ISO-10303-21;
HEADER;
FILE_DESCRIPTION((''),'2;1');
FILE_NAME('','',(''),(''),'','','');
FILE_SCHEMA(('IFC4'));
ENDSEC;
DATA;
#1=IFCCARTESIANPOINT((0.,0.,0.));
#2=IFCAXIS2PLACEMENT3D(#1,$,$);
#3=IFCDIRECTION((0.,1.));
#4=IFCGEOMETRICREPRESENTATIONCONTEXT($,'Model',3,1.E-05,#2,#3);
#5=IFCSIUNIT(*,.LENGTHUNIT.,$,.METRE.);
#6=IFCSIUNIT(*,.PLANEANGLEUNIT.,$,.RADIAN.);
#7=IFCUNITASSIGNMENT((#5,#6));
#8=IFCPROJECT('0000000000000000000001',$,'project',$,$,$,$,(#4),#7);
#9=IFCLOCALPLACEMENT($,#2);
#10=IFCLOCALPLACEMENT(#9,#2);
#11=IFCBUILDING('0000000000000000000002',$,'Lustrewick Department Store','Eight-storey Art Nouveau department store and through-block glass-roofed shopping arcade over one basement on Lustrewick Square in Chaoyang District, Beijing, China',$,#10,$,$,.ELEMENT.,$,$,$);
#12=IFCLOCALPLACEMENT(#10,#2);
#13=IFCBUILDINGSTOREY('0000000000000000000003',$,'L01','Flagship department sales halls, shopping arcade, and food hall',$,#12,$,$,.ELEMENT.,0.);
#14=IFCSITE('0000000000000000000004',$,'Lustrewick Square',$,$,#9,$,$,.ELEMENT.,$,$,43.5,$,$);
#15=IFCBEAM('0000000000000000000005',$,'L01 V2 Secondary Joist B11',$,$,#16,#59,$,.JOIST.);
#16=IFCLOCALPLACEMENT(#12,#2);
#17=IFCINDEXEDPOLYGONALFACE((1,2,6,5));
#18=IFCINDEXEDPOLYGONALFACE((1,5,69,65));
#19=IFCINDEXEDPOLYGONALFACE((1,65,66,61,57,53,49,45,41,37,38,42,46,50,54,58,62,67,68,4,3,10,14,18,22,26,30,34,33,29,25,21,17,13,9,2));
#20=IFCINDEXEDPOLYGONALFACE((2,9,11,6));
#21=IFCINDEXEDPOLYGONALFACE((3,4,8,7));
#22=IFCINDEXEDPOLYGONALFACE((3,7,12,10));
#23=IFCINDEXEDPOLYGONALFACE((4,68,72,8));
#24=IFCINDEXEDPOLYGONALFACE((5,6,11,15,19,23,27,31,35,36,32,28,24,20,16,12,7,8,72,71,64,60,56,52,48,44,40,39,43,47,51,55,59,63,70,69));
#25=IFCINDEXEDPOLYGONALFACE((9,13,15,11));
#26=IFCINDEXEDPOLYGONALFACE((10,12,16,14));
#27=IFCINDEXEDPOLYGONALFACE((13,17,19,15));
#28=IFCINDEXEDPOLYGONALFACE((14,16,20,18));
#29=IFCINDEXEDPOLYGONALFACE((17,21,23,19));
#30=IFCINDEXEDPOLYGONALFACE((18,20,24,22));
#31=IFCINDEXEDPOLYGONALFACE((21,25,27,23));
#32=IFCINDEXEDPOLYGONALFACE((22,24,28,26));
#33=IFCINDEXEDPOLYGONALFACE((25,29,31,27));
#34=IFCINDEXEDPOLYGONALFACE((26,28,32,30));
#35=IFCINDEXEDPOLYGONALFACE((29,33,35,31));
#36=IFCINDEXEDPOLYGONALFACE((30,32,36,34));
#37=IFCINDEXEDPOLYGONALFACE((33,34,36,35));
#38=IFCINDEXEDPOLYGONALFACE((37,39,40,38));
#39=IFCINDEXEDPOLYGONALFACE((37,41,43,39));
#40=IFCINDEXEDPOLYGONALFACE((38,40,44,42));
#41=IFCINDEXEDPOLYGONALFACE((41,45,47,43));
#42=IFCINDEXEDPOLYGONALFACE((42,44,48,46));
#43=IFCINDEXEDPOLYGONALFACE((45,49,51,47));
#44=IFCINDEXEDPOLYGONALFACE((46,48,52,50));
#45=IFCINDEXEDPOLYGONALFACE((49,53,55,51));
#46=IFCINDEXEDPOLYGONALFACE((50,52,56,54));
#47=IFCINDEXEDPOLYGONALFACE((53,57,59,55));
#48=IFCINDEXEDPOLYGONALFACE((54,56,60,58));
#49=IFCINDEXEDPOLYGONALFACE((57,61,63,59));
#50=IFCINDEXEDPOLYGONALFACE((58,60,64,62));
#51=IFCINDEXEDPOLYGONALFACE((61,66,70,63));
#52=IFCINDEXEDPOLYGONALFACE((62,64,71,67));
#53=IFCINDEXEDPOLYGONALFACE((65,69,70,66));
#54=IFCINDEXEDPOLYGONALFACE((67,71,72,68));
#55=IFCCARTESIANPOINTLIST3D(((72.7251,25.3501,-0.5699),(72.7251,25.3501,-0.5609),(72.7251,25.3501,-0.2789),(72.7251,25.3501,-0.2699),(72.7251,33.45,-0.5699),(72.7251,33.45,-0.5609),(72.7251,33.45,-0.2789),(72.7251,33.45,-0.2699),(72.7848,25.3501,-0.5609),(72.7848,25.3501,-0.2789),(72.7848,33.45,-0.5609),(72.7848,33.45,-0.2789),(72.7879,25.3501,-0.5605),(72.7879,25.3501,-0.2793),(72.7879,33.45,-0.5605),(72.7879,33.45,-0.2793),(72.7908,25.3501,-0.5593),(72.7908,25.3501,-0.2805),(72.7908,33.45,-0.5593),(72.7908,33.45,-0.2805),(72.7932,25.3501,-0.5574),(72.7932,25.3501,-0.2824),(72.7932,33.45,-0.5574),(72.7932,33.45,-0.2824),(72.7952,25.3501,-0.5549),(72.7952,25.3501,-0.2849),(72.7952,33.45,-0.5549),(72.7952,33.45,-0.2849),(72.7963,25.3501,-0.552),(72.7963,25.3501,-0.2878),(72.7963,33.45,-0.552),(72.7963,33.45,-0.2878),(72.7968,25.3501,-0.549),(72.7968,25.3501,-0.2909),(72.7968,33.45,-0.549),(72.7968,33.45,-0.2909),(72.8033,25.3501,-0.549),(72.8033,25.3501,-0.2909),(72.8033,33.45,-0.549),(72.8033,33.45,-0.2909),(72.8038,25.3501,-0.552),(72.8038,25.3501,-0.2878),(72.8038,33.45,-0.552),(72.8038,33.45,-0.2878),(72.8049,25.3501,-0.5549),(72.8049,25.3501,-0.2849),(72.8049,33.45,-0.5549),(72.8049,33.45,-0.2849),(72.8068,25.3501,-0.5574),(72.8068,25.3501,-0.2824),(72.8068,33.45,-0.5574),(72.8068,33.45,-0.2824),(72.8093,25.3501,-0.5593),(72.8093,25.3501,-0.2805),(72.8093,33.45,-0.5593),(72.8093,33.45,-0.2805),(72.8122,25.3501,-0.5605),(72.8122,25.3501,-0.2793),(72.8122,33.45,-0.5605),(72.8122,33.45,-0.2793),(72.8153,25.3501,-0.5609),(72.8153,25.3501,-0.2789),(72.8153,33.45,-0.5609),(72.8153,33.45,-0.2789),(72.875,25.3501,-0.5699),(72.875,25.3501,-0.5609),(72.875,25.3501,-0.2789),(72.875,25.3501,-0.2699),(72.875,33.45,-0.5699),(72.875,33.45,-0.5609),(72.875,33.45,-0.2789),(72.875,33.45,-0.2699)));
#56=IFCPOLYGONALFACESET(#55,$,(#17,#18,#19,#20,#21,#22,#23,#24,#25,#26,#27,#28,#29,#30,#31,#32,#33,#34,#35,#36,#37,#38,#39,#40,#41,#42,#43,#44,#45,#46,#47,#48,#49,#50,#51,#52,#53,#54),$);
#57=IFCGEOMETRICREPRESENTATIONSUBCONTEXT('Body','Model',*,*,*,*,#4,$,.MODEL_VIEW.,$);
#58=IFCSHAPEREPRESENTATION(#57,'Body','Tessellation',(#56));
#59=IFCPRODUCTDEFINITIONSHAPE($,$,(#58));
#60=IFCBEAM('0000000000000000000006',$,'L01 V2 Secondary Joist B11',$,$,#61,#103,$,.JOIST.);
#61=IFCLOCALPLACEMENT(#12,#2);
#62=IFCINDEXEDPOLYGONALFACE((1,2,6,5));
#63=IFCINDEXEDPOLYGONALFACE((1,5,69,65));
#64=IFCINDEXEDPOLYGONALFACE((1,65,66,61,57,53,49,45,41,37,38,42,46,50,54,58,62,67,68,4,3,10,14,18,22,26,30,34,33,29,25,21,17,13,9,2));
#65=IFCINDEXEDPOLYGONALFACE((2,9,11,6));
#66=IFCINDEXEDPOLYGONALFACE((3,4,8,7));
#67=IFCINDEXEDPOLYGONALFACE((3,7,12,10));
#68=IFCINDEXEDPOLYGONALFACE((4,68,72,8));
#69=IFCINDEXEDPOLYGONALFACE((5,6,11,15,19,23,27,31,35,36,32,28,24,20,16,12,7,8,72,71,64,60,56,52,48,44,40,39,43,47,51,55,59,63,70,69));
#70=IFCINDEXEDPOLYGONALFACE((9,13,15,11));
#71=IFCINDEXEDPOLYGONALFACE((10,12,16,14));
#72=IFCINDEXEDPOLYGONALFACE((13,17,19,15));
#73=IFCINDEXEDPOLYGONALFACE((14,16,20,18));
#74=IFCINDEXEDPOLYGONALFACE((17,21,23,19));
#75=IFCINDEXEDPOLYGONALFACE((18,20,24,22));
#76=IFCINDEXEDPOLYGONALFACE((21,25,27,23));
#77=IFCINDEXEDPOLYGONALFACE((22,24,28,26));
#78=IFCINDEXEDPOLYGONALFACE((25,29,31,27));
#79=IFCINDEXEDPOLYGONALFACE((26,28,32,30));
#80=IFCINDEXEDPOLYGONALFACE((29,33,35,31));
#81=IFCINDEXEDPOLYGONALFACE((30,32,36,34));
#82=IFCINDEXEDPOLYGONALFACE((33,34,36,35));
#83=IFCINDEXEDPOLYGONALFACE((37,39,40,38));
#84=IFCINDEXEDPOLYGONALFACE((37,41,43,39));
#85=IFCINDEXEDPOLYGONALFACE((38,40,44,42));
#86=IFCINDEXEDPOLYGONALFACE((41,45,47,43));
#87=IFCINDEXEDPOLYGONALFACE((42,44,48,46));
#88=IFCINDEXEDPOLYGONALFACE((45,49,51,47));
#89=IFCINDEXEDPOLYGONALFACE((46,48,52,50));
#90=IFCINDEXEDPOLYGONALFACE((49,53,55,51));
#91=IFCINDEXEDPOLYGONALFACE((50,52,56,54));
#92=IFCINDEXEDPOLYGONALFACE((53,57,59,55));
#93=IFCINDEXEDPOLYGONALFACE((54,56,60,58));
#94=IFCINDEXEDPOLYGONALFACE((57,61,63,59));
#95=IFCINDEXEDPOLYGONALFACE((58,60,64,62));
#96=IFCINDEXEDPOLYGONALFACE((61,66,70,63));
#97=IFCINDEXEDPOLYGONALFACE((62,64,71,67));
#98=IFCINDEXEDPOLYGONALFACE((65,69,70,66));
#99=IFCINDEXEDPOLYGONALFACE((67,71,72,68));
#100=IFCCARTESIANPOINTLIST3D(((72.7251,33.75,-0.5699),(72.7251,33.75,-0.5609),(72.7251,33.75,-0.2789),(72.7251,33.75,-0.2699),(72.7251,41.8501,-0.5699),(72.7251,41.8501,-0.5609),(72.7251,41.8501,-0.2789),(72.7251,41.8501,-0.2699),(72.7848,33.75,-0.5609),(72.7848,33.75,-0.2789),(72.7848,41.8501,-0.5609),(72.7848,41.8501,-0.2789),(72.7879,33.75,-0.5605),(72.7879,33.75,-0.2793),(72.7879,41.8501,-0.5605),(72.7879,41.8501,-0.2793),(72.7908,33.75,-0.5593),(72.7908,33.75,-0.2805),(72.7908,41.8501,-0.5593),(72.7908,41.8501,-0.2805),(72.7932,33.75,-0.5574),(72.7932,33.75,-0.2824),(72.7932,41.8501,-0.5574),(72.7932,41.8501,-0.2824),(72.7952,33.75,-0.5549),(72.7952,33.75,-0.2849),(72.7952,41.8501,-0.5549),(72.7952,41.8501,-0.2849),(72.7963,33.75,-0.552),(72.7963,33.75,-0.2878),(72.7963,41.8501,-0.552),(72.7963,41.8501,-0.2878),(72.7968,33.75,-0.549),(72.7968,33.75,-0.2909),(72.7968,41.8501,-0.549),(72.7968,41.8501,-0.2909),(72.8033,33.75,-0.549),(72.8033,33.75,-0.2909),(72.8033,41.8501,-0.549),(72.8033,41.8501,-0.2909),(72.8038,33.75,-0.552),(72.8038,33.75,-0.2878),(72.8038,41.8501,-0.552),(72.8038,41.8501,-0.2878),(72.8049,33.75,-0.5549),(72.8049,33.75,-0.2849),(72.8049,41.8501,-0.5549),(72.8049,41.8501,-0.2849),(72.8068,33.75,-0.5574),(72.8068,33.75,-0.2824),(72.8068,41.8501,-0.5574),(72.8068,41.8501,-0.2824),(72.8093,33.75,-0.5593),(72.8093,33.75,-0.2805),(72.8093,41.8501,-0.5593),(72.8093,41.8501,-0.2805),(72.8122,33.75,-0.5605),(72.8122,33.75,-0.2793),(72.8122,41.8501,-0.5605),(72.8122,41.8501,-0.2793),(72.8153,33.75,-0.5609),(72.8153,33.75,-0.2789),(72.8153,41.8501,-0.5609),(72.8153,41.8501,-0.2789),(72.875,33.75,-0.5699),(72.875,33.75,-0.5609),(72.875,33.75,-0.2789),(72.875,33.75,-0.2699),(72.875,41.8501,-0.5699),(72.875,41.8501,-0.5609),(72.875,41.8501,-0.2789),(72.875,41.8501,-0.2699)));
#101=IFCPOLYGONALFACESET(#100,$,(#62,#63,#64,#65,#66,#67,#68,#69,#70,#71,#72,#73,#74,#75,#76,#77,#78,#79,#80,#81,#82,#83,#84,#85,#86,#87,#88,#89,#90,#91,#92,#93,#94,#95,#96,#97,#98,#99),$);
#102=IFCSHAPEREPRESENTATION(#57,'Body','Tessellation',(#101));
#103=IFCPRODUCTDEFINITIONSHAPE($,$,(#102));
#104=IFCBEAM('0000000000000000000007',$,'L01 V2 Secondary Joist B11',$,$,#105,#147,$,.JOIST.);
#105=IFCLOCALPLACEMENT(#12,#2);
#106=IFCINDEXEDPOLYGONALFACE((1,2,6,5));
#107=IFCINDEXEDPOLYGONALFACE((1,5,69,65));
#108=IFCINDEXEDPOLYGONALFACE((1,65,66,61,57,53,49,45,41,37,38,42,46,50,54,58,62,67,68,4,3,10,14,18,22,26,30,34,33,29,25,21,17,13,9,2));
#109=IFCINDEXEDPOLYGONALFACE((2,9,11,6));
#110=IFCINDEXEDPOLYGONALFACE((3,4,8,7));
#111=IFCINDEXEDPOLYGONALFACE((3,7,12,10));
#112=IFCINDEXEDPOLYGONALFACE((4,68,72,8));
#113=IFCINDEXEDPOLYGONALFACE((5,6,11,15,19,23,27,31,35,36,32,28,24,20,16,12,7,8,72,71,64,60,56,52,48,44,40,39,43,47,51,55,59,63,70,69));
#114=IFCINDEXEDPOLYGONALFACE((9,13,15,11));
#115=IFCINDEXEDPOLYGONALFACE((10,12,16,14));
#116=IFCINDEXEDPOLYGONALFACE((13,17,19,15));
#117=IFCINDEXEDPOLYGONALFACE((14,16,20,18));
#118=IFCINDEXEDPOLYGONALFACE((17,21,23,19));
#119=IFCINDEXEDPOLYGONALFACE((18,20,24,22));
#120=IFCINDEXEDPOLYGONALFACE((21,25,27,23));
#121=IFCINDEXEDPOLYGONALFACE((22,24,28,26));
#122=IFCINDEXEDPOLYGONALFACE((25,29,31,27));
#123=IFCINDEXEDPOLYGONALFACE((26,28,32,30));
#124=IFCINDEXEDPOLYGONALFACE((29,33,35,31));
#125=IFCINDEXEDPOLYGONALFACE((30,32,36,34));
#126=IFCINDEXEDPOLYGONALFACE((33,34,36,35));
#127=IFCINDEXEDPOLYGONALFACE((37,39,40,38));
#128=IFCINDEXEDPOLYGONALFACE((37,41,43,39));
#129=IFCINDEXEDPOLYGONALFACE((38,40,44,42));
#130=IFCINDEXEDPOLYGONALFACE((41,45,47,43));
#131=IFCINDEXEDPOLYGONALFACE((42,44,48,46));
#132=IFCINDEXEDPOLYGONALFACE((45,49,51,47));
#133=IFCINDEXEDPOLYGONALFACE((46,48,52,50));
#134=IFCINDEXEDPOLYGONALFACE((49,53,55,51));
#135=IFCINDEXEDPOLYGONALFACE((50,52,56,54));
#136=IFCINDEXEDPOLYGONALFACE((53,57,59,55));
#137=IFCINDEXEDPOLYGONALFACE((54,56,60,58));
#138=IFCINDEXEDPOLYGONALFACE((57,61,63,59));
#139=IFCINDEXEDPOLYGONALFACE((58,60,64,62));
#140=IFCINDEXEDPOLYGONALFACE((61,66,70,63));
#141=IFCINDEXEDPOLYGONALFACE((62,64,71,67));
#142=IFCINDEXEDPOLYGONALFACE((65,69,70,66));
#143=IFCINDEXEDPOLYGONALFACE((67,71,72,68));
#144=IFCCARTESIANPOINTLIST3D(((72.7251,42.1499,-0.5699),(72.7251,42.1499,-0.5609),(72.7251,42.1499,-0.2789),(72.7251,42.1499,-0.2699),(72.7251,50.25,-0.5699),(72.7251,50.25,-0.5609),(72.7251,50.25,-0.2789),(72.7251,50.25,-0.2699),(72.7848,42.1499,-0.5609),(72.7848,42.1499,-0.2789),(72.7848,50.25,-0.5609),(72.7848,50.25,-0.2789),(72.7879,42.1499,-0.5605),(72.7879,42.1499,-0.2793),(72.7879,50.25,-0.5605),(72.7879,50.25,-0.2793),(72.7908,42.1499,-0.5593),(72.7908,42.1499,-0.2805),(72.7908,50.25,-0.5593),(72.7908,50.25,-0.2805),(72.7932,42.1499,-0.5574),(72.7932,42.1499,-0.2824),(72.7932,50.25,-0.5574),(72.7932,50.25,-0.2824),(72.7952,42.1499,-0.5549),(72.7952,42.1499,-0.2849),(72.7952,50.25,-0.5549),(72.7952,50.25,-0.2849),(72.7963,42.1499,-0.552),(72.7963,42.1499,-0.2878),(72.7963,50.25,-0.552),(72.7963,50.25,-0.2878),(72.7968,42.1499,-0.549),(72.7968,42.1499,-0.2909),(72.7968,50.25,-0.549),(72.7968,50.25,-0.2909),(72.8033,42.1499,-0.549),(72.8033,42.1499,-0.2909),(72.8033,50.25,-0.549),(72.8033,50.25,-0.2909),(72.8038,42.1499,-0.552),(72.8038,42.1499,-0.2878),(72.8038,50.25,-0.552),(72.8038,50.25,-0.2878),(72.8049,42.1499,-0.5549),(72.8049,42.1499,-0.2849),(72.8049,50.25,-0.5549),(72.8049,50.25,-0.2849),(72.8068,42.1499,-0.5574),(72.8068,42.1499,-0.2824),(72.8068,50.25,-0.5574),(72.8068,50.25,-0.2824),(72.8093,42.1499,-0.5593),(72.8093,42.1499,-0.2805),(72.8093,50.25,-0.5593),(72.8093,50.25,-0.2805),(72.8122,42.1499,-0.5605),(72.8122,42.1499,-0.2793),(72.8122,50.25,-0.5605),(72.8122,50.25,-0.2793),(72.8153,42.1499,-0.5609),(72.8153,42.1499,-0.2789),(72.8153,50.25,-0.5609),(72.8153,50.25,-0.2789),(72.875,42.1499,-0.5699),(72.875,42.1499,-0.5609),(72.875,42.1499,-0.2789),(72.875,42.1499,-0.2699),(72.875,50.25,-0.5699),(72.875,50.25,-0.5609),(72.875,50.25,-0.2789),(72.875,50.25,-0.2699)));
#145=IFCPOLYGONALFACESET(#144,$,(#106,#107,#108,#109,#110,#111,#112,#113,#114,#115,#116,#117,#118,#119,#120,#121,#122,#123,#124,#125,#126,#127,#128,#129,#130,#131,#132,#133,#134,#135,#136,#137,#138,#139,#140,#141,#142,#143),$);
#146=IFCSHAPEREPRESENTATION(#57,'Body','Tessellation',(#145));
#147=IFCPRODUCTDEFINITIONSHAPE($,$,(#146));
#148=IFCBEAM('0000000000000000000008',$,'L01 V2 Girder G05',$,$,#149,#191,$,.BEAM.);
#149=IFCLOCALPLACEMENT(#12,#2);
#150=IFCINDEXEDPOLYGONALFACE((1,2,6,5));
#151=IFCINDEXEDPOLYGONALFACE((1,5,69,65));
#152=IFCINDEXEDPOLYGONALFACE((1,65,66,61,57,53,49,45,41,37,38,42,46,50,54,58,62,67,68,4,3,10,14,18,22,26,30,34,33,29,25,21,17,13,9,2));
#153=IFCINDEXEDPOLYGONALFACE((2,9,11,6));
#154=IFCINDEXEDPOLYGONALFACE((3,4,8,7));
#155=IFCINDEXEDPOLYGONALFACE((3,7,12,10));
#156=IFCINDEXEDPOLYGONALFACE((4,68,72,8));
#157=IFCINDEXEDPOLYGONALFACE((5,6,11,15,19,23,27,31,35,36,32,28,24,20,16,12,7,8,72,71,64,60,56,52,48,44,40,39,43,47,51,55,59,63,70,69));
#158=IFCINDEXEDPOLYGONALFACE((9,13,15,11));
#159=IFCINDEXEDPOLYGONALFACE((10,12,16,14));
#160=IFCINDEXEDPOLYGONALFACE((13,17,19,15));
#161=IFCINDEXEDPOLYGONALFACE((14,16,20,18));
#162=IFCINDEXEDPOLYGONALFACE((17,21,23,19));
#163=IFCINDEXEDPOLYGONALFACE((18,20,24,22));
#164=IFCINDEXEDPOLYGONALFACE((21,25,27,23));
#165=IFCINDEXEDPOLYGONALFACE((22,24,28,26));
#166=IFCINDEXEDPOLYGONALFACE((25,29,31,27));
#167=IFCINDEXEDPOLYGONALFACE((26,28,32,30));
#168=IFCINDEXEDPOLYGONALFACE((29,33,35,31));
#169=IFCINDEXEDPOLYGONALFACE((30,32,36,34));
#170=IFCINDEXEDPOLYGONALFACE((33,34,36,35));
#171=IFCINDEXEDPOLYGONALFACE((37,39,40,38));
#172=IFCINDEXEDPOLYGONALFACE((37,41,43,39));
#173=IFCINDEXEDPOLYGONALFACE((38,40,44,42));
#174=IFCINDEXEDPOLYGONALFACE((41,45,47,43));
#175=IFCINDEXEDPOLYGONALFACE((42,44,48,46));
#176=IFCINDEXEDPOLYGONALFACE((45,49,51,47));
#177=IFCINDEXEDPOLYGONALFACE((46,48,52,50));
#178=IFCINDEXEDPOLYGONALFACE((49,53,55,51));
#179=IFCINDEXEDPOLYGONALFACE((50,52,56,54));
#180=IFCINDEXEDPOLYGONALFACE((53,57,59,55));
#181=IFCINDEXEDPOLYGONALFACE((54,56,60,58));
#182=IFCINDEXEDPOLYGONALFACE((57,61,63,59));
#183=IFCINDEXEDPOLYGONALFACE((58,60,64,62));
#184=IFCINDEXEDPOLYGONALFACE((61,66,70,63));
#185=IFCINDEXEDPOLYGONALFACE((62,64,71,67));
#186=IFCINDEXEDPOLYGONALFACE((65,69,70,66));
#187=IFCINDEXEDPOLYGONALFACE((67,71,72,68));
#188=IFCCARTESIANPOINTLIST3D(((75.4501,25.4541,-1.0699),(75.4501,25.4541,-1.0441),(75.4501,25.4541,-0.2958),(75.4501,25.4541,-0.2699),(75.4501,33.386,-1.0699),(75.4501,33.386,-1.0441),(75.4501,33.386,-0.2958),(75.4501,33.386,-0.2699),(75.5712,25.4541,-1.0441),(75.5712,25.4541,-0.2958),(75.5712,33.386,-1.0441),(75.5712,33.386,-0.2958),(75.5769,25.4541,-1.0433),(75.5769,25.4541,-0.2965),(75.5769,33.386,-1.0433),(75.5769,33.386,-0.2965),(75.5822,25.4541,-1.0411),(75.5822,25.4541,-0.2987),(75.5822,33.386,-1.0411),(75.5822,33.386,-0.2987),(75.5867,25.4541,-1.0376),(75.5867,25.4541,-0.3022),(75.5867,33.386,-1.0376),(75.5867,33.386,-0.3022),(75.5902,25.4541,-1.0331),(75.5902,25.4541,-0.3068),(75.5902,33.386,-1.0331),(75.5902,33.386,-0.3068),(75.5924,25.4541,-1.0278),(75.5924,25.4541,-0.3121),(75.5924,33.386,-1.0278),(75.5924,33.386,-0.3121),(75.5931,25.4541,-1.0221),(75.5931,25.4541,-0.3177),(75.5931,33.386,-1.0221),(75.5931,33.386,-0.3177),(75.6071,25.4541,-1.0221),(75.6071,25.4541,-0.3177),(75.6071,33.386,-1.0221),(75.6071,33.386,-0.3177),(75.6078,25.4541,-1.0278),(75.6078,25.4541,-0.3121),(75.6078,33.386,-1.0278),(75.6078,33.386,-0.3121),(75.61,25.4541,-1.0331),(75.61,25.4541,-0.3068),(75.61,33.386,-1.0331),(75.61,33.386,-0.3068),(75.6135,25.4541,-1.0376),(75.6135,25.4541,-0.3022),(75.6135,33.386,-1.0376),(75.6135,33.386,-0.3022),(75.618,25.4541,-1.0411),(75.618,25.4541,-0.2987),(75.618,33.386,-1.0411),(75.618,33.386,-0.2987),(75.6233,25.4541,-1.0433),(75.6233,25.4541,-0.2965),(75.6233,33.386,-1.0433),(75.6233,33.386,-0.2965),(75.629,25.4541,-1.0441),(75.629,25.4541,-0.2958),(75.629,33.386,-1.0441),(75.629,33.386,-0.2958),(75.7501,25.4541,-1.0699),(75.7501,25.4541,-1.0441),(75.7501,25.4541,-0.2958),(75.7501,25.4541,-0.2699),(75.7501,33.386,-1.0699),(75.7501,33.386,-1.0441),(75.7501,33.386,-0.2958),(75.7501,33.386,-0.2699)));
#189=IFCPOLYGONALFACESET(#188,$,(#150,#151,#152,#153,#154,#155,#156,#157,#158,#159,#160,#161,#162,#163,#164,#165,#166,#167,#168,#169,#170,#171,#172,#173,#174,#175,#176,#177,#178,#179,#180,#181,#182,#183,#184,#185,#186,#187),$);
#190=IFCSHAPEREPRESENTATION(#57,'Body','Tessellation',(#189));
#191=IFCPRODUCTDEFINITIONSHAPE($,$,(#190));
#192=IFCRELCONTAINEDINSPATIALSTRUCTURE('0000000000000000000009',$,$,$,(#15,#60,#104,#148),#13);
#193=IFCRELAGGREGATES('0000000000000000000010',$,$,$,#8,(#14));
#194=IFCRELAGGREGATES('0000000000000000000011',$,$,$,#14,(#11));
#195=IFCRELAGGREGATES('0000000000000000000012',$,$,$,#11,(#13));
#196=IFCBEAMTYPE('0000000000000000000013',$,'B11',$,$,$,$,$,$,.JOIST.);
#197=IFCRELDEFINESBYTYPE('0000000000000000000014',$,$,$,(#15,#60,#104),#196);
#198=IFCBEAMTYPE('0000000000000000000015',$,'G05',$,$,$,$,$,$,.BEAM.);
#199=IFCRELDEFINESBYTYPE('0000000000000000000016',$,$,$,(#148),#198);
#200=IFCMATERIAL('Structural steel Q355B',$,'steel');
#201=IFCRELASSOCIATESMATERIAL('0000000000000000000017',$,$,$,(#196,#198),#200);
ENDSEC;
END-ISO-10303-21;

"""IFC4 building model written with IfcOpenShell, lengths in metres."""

from ifc_helpers import new_model, si_unit, direction, frame, origin, origin_2d, place, context, subcontext, project, spatial, i_section, extrude, material, material_profile, profile_set, type_object, element, save


model = new_model("IFC4")

# Units and contexts
model_context = context("Model", 3, precision=1e-05, world=origin(), true_north=direction((0.0, 1.0)))
body_context = subcontext(model_context, "Body", "Model", "MODEL_VIEW")
ifc_project = project(units=[si_unit("LENGTHUNIT", "METRE"), si_unit("PLANEANGLEUNIT", "RADIAN")], contexts=[model_context])

# Site, building, storey
site_placement = place(None, origin())
site = spatial("IfcSite", under=ifc_project, at=site_placement, Name="Lustrewick Square", CompositionType="ELEMENT", RefElevation=43.5)
building_placement = place(site_placement, origin())
building = spatial("IfcBuilding", under=site, at=building_placement, Name="Lustrewick Department Store", Description="Eight-storey Art Nouveau department store and through-block glass-roofed shopping arcade over one basement on Lustrewick Square in Chaoyang District, Beijing, China", CompositionType="ELEMENT")
storey_placement = place(building_placement, origin())
storey = spatial("IfcBuildingStorey", under=building, at=storey_placement, Name="L01", Description="Flagship department sales halls, shopping arcade, and food hall", CompositionType="ELEMENT", Elevation=0.0)

# Shared definitions
ifc_material_1 = material(Name="Structural steel Q355B", Category="steel")

# Beams
ifc_material_profile_1 = material_profile(ifc_material_1, i_section(OverallWidth=0.1499, OverallDepth=0.3, WebThickness=0.0066, FlangeThickness=0.009, FilletRadius=0.012, at=origin_2d()), Name="HN 300x150x6.5x9")
ifc_profile_set_1 = profile_set([ifc_material_profile_1], Name="Structural steel Q355B")
beam_type_1 = type_object("IfcBeamType", Name="B11", PredefinedType="JOIST", material=ifc_profile_set_1)
beam_1_placement = place(storey_placement, frame((72.8, 25.3501, -0.4199), z_axis=(0.0, 1.0, 0.0), x_axis=(-1.0, 0.0, 0.0)))
element("IfcBeam", 1, at=beam_1_placement, inside=storey, type_object=beam_type_1, Name="L01 V2 Secondary Joist B11", PredefinedType="JOIST", context=body_context, shape_type="SweptSolid", body=[
    extrude(i_section(OverallWidth=0.1499, OverallDepth=0.3, WebThickness=0.0066, FlangeThickness=0.009, FilletRadius=0.012, at=origin_2d()), origin(), (0.0, 0.0, 1.0), 8.0999),
])
for number, where, z_axis, x_axis, name in (
    (2, (72.8, 33.75, -0.4199), (0.0, 1.0, 0.0), (-1.0, 0.0, 0.0), "L01 V2 Secondary Joist B11"),
    (3, (72.8, 42.1499, -0.4199), (0.0, 1.0, 0.0), (-1.0, 0.0, 0.0), "L01 V2 Secondary Joist B11"),
):
    element("IfcBeam", number, at=place(storey_placement, frame(where, z_axis=z_axis, x_axis=x_axis)), inside=storey, type_object=beam_type_1, Name=name, PredefinedType="JOIST", context=body_context, shape_type="SweptSolid", body=[
        extrude(i_section(OverallWidth=0.1499, OverallDepth=0.3, WebThickness=0.0066, FlangeThickness=0.009, FilletRadius=0.012, at=origin_2d()), origin(), (0.0, 0.0, 1.0), 8.1001),
    ])
ifc_material_profile_2 = material_profile(ifc_material_1, i_section(OverallWidth=0.3, OverallDepth=0.8, WebThickness=0.0139, FlangeThickness=0.0259, FilletRadius=0.022, at=origin_2d()), Name="HN 800x300x14x26")
ifc_profile_set_2 = profile_set([ifc_material_profile_2], Name="Structural steel Q355B")
beam_type_2 = type_object("IfcBeamType", Name="G05", PredefinedType="BEAM", material=ifc_profile_set_2)
beam_2_placement = place(storey_placement, frame((75.6001, 25.4541, -0.6699), z_axis=(0.0, 1.0, 0.0), x_axis=(-1.0, 0.0, 0.0)))
element("IfcBeam", 4, at=beam_2_placement, inside=storey, type_object=beam_type_2, Name="L01 V2 Girder G05", PredefinedType="BEAM", context=body_context, shape_type="SweptSolid", body=[
    extrude(i_section(OverallWidth=0.3, OverallDepth=0.8, WebThickness=0.0139, FlangeThickness=0.0259, FilletRadius=0.022, at=origin_2d()), origin(), (0.0, 0.0, 1.0), 7.9319),
])

save(model, "model.ifc")
